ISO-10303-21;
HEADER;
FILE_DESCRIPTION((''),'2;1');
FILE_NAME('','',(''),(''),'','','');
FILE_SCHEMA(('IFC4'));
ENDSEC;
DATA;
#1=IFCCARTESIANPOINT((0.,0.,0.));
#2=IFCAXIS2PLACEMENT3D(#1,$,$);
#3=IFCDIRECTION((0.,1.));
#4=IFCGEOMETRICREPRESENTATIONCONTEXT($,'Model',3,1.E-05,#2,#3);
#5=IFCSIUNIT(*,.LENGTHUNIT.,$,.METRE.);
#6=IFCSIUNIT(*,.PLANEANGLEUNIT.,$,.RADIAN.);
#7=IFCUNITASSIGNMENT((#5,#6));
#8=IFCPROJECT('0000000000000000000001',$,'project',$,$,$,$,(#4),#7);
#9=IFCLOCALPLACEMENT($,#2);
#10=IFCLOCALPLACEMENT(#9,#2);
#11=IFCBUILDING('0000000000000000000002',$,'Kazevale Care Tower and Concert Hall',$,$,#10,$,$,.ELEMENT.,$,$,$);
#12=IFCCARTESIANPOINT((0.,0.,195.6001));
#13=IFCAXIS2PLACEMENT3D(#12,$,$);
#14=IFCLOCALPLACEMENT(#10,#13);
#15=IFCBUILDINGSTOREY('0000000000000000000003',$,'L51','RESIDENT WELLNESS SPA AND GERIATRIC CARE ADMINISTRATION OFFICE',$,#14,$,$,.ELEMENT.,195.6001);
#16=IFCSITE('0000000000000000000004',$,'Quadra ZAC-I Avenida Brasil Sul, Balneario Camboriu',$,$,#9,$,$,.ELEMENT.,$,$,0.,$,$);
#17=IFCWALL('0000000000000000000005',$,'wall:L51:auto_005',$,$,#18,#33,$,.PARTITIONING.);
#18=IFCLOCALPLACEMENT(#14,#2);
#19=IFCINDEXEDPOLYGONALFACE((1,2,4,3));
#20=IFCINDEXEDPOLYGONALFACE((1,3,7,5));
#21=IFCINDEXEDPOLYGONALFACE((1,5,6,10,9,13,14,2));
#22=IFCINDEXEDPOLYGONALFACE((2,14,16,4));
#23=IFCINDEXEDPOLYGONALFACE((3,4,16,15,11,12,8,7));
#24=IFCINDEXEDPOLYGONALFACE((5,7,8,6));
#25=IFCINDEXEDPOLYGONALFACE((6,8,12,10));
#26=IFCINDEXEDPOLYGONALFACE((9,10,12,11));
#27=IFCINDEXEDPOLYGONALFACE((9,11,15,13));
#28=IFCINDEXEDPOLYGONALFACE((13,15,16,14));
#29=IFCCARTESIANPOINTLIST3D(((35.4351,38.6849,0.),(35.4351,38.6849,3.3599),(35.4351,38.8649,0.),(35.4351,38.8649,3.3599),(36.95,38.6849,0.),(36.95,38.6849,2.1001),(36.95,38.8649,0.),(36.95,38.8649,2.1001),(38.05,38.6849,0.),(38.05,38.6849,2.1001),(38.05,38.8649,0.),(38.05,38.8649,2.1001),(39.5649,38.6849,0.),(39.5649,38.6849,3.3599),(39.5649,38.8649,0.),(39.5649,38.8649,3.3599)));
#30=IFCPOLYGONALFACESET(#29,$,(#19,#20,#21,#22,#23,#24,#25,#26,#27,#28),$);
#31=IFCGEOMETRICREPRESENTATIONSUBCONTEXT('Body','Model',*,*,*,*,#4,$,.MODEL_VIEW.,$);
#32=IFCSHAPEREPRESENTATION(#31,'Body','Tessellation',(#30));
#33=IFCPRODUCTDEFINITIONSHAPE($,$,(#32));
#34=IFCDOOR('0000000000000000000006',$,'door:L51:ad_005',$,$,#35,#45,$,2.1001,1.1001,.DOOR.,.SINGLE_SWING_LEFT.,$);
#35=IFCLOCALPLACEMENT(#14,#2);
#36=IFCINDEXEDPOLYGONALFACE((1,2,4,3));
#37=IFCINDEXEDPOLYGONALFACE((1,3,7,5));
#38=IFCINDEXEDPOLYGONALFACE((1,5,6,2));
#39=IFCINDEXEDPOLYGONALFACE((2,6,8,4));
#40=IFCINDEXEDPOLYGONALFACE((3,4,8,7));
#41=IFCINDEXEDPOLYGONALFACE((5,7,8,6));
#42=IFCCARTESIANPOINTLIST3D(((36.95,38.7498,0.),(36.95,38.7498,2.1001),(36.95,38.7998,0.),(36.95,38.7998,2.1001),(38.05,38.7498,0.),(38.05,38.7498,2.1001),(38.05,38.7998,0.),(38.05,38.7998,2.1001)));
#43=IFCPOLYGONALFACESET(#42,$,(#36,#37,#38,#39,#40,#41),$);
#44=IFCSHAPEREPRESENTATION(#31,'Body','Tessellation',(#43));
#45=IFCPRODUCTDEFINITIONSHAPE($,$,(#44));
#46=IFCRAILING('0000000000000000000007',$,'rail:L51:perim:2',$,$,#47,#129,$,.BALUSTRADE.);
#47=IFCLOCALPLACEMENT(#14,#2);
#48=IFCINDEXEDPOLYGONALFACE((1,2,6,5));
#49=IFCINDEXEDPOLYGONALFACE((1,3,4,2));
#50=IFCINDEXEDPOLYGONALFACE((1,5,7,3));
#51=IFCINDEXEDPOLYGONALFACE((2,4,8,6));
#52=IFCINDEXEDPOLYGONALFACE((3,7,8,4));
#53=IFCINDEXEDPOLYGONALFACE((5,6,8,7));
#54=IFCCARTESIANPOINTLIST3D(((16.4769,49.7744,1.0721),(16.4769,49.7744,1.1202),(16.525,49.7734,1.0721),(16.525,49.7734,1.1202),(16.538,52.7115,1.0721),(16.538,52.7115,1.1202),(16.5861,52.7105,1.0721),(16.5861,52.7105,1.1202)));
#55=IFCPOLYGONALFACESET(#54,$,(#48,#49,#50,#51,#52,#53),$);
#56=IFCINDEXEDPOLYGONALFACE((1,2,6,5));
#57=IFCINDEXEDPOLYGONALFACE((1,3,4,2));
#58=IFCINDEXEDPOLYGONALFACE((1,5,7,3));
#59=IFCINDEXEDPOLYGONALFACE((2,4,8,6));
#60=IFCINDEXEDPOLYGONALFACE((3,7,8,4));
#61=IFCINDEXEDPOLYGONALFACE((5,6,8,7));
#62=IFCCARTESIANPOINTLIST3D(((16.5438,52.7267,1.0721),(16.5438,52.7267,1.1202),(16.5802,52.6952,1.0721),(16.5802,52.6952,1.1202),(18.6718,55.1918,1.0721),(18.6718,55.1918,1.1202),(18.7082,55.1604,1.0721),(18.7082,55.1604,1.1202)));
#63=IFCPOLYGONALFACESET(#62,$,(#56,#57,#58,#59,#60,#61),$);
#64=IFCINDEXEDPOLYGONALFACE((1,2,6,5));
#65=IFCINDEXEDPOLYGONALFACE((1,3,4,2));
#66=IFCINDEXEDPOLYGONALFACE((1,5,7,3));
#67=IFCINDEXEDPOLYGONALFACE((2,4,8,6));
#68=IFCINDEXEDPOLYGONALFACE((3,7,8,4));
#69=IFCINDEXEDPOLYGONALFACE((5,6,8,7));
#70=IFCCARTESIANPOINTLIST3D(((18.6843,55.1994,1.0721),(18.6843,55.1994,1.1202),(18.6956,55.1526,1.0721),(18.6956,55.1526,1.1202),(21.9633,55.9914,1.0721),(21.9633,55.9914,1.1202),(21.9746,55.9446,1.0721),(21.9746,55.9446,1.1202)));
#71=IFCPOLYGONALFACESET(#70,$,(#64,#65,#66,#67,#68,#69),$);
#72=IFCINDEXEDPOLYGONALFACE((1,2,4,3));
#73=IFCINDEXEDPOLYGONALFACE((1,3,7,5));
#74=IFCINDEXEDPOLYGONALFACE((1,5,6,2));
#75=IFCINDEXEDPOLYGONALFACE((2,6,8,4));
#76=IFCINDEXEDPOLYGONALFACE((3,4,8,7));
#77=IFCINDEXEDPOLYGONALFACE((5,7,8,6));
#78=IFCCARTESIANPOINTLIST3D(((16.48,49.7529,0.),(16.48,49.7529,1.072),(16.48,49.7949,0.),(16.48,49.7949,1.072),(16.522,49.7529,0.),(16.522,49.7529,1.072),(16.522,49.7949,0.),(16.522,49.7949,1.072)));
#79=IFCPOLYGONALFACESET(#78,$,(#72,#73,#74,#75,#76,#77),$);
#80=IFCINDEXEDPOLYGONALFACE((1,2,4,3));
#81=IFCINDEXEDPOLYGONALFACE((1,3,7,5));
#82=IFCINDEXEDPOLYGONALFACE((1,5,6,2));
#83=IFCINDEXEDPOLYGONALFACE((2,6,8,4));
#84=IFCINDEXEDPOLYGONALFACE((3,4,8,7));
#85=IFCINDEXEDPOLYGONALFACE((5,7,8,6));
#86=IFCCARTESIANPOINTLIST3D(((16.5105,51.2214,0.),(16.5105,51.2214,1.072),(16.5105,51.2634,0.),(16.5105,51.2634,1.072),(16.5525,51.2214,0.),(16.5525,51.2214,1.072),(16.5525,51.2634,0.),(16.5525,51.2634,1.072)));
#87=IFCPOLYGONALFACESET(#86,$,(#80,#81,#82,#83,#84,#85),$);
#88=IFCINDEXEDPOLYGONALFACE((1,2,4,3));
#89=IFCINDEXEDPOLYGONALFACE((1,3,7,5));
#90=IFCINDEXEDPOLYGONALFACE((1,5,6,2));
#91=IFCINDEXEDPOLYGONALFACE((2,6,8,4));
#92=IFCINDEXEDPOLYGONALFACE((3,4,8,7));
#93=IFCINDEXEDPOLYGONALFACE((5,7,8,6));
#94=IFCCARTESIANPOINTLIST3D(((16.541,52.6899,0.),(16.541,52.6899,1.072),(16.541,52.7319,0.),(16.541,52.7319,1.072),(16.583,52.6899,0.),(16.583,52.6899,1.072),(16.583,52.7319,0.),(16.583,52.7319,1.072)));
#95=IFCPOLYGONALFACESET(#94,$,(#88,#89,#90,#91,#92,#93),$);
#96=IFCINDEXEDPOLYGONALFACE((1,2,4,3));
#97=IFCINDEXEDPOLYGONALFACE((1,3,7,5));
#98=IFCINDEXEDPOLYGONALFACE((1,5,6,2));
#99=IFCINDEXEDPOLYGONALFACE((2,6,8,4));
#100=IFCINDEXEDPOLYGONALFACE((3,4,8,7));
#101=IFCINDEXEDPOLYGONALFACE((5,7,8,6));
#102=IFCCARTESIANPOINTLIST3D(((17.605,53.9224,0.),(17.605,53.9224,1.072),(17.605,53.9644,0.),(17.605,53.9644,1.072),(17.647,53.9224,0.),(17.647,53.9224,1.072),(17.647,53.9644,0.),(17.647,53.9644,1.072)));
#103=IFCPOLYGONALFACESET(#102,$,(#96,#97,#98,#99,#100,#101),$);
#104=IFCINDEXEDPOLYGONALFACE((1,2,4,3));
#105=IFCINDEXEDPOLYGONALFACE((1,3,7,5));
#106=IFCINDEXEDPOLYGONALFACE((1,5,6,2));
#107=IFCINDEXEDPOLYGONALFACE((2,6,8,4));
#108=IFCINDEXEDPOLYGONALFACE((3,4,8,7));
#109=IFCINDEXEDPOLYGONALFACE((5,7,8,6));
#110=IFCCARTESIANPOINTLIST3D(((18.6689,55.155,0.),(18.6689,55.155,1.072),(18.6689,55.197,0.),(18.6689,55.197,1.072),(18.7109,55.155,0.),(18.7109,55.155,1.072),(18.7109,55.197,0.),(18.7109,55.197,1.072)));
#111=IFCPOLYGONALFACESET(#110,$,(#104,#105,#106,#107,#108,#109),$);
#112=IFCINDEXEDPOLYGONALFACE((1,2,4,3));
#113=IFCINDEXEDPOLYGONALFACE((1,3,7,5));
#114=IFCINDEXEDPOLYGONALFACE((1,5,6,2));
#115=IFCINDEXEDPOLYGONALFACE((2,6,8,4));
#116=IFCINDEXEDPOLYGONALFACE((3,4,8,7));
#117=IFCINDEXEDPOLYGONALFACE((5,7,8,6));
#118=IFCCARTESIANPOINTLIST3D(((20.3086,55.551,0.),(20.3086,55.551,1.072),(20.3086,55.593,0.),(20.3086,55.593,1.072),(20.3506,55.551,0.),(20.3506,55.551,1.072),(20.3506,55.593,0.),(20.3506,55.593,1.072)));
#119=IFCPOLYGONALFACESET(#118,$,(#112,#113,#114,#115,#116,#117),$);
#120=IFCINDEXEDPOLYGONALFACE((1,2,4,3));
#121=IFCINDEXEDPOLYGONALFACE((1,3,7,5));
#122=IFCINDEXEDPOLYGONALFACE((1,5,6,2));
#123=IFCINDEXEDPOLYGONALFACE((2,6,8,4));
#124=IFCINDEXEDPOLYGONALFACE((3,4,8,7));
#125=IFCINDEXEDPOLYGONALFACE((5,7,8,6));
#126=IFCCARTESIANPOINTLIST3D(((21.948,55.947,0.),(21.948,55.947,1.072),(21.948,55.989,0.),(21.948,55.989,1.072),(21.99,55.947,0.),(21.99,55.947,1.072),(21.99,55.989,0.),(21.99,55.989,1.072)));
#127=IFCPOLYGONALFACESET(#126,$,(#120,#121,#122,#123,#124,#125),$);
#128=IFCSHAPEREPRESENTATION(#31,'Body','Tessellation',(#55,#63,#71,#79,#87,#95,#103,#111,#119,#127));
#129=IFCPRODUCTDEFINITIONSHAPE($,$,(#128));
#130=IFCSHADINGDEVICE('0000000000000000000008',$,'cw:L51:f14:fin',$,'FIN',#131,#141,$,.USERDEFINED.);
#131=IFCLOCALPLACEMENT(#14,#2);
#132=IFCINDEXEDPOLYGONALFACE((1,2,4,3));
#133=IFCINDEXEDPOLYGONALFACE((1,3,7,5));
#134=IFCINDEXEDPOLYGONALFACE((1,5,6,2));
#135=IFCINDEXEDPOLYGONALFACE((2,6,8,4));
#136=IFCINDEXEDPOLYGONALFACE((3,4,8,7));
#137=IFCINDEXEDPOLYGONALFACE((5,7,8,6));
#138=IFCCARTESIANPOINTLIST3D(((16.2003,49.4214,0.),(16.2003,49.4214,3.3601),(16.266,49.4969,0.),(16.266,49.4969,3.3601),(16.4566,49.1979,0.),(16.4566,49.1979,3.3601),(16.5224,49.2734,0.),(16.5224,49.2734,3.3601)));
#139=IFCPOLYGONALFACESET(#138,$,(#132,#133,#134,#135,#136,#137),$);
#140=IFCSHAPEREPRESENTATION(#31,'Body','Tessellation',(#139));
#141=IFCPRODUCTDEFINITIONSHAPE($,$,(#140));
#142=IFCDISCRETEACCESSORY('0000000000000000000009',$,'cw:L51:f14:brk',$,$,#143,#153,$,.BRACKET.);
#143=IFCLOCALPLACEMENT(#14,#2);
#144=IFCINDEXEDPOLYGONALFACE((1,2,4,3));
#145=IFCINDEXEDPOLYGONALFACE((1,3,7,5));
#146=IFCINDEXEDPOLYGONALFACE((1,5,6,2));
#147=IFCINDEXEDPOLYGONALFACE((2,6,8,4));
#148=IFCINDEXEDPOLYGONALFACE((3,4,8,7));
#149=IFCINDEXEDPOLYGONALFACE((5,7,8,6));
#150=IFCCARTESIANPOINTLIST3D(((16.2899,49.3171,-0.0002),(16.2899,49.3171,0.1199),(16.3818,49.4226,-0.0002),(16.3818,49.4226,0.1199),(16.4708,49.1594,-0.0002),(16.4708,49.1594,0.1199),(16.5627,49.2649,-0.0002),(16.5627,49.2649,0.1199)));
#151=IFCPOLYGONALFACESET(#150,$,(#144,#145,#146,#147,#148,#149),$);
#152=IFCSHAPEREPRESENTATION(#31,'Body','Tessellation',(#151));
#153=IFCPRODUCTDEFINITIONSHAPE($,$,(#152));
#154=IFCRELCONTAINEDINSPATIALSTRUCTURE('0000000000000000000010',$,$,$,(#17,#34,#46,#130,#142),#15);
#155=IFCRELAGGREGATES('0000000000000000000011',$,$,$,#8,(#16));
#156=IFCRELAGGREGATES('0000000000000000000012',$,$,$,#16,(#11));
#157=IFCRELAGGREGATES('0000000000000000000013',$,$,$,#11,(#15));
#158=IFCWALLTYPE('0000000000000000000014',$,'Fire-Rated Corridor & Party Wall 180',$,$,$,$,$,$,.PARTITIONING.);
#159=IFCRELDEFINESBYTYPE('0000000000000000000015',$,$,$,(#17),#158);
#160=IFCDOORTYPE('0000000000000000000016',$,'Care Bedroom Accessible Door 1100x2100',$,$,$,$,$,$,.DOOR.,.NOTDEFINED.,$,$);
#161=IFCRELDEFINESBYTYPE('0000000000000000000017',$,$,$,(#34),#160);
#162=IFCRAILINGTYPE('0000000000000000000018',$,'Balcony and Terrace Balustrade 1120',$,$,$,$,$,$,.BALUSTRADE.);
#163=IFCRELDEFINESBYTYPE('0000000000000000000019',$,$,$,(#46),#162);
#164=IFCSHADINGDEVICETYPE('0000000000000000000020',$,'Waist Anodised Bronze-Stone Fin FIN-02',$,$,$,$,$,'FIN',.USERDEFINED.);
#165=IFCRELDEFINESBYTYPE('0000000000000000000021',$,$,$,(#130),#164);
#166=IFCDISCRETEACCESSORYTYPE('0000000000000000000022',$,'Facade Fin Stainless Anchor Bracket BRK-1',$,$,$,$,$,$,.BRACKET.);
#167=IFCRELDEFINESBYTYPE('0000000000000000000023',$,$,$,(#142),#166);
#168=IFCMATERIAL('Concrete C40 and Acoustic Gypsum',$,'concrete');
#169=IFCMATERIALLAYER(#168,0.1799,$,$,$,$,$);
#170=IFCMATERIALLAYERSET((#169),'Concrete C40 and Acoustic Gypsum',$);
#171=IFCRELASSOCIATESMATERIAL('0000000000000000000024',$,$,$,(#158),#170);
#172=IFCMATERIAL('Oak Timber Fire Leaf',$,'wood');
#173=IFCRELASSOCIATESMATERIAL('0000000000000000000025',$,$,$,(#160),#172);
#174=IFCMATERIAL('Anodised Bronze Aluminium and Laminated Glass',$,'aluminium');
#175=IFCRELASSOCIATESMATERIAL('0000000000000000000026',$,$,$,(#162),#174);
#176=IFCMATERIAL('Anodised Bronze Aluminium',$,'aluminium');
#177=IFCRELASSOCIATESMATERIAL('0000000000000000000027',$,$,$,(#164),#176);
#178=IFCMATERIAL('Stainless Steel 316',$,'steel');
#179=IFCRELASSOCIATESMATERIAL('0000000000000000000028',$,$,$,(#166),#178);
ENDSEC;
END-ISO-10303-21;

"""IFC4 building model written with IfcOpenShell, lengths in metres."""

from ifc_helpers import new_model, si_unit, direction, frame, frame_2d, origin, origin_2d, place, context, subcontext, project, spatial, rectangle, extrude, material, layer, layer_set, type_object, element, fill, save


model = new_model("IFC4")

# Units and contexts
model_context = context("Model", 3, precision=1e-05, world=origin(), true_north=direction((0.0, 1.0)))
body_context = subcontext(model_context, "Body", "Model", "MODEL_VIEW")
ifc_project = project(units=[si_unit("LENGTHUNIT", "METRE"), si_unit("PLANEANGLEUNIT", "RADIAN")], contexts=[model_context])

# Site, building, storey
site_placement = place(None, origin())
site = spatial("IfcSite", under=ifc_project, at=site_placement, Name="Quadra ZAC-I Avenida Brasil Sul, Balneario Camboriu", CompositionType="ELEMENT", RefElevation=0.0)
building_placement = place(site_placement, origin())
building = spatial("IfcBuilding", under=site, at=building_placement, Name="Kazevale Care Tower and Concert Hall", CompositionType="ELEMENT")
storey_placement = place(building_placement, frame((0.0, 0.0, 195.6001)))
storey = spatial("IfcBuildingStorey", under=building, at=storey_placement, Name="L51", Description="RESIDENT WELLNESS SPA AND GERIATRIC CARE ADMINISTRATION OFFICE", CompositionType="ELEMENT", Elevation=195.6001)

# Wall, opening, door
ifc_material_1 = material(Name="Concrete C40 and Acoustic Gypsum", Category="concrete")
ifc_layer_1 = layer(ifc_material_1, 0.1799)
ifc_layer_set_1 = layer_set([ifc_layer_1], Name="Concrete C40 and Acoustic Gypsum")
wall_type = type_object("IfcWallType", Name="Fire-Rated Corridor & Party Wall 180", PredefinedType="PARTITIONING", material=ifc_layer_set_1)
ifc_material_2 = material(Name="Oak Timber Fire Leaf", Category="wood")
door_type = type_object("IfcDoorType", Name="Care Bedroom Accessible Door 1100x2100", OperationType="NOTDEFINED", PredefinedType="DOOR", material=ifc_material_2)
wall_1_placement = place(storey_placement, frame((35.4351, 38.7749, 0.0), z_axis=(0.0, 0.0, 1.0), x_axis=(1.0, 0.0, 0.0)))
wall_1 = element("IfcWall", 1, at=wall_1_placement, inside=storey, type_object=wall_type, Name="wall:L51:auto_005", PredefinedType="PARTITIONING", context=body_context, shape_type="SweptSolid", body=[
    extrude(rectangle(XDim=4.1299, YDim=0.1799, at=frame_2d((2.0649, 0.0))), origin(), (0.0, 0.0, 1.0), 3.3599),
])
opening_1_placement = place(wall_1_placement, frame((1.5149, 0.0, 0.0)))
opening_1 = element("IfcOpeningElement", 2, at=opening_1_placement, cuts=wall_1, PredefinedType="OPENING", context=body_context, shape_type="SweptSolid", body=[
    extrude(rectangle(XDim=1.1001, YDim=2.1001, at=frame_2d((0.55, 1.05))), frame((0.0, 0.0999, 0.0), z_axis=(0.0, -1.0, 0.0), x_axis=(1.0, 0.0, 0.0)), (0.0, 0.0, 1.0), 0.2),
])
door_1_placement = place(opening_1_placement, origin())
door_1 = element("IfcDoor", 3, at=door_1_placement, inside=storey, type_object=door_type, Name="door:L51:ad_005", OperationType="SINGLE_SWING_LEFT", OverallHeight=2.1001, OverallWidth=1.1001, PredefinedType="DOOR", context=body_context, shape_type="SweptSolid", body=[
    extrude(rectangle(XDim=1.1001, YDim=2.1001, at=frame_2d((0.55, 1.05))), frame((0.0, 0.0249, 0.0), z_axis=(0.0, -1.0, 0.0), x_axis=(1.0, 0.0, 0.0)), (0.0, 0.0, 1.0), 0.05),
])
fill(opening_1, door_1)

# Railing
ifc_material_3 = material(Name="Anodised Bronze Aluminium and Laminated Glass", Category="aluminium")
railing_type = type_object("IfcRailingType", Name="Balcony and Terrace Balustrade 1120", PredefinedType="BALUSTRADE", material=ifc_material_3)
railing_placement = place(storey_placement, frame((16.501, 49.7739, 0.0)))
element("IfcRailing", 4, at=railing_placement, inside=storey, type_object=railing_type, Name="rail:L51:perim:2", PredefinedType="BALUSTRADE", context=body_context, shape_type="SweptSolid", body=[
    extrude(rectangle(XDim=0.0481, YDim=0.0481, at=origin_2d()), frame((0.0, 0.0, 1.0962), z_axis=(0.020777, 0.999784, 0.0), x_axis=(-0.999784, 0.020777, 0.0)), (0.0, 0.0, 1.0), 2.9377),
    extrude(rectangle(XDim=0.0481, YDim=0.0481, at=origin_2d()), frame((0.061, 2.937, 1.0962), z_axis=(0.653442, 0.756976, 0.0), x_axis=(-0.756976, 0.653442, 0.0)), (0.0, 0.0, 1.0), 3.2566),
    extrude(rectangle(XDim=0.0481, YDim=0.0481, at=origin_2d()), frame((2.189, 5.4021, 1.0962), z_axis=(0.972049, 0.23478, 0.0), x_axis=(-0.23478, 0.972049, 0.0)), (0.0, 0.0, 1.0), 3.3733),
    extrude(rectangle(XDim=0.042, YDim=0.042, at=origin_2d()), origin(), (0.0, 0.0, 1.0), 1.072),
    extrude(rectangle(XDim=0.042, YDim=0.042, at=origin_2d()), frame((0.0305, 1.4685, 0.0)), (0.0, 0.0, 1.0), 1.072),
    extrude(rectangle(XDim=0.042, YDim=0.042, at=origin_2d()), frame((0.061, 2.937, 0.0)), (0.0, 0.0, 1.0), 1.072),
    extrude(rectangle(XDim=0.042, YDim=0.042, at=origin_2d()), frame((1.125, 4.1694, 0.0)), (0.0, 0.0, 1.0), 1.072),
    extrude(rectangle(XDim=0.042, YDim=0.042, at=origin_2d()), frame((2.189, 5.4021, 0.0)), (0.0, 0.0, 1.0), 1.072),
    extrude(rectangle(XDim=0.042, YDim=0.042, at=origin_2d()), frame((3.8286, 5.7981, 0.0)), (0.0, 0.0, 1.0), 1.072),
    extrude(rectangle(XDim=0.042, YDim=0.042, at=origin_2d()), frame((5.468, 6.1941, 0.0)), (0.0, 0.0, 1.0), 1.072),
])

# Shading device
ifc_material_4 = material(Name="Anodised Bronze Aluminium", Category="aluminium")
shading_device_type = type_object("IfcShadingDeviceType", Name="Waist Anodised Bronze-Stone Fin FIN-02", ElementType="FIN", PredefinedType="USERDEFINED", material=ifc_material_4)
shading_device_placement = place(storey_placement, frame((16.3613, 49.3474, 0.0), z_axis=(0.0, 0.0, 1.0), x_axis=(-0.753793, 0.657112, 0.0)))
element("IfcShadingDevice", 5, at=shading_device_placement, inside=storey, type_object=shading_device_type, Name="cw:L51:f14:fin", ObjectType="FIN", PredefinedType="USERDEFINED", context=body_context, shape_type="SweptSolid", body=[
    extrude(rectangle(XDim=0.3401, YDim=0.1001, at=origin_2d()), origin(), (0.0, 0.0, 1.0), 3.3601),
])

# Discrete accessory
ifc_material_5 = material(Name="Stainless Steel 316", Category="steel")
discrete_accessory_type = type_object("IfcDiscreteAccessoryType", Name="Facade Fin Stainless Anchor Bracket BRK-1", PredefinedType="BRACKET", material=ifc_material_5)
discrete_accessory_placement = place(storey_placement, frame((16.4263, 49.291, -0.0002), z_axis=(0.0, 0.0, 1.0), x_axis=(-0.753793, 0.657112, 0.0)))
element("IfcDiscreteAccessory", 6, at=discrete_accessory_placement, inside=storey, type_object=discrete_accessory_type, Name="cw:L51:f14:brk", PredefinedType="BRACKET", context=body_context, shape_type="SweptSolid", body=[
    extrude(rectangle(XDim=0.24, YDim=0.1399, at=origin_2d()), origin(), (0.0, 0.0, 1.0), 0.1201),
])

save(model, "model.ifc")
